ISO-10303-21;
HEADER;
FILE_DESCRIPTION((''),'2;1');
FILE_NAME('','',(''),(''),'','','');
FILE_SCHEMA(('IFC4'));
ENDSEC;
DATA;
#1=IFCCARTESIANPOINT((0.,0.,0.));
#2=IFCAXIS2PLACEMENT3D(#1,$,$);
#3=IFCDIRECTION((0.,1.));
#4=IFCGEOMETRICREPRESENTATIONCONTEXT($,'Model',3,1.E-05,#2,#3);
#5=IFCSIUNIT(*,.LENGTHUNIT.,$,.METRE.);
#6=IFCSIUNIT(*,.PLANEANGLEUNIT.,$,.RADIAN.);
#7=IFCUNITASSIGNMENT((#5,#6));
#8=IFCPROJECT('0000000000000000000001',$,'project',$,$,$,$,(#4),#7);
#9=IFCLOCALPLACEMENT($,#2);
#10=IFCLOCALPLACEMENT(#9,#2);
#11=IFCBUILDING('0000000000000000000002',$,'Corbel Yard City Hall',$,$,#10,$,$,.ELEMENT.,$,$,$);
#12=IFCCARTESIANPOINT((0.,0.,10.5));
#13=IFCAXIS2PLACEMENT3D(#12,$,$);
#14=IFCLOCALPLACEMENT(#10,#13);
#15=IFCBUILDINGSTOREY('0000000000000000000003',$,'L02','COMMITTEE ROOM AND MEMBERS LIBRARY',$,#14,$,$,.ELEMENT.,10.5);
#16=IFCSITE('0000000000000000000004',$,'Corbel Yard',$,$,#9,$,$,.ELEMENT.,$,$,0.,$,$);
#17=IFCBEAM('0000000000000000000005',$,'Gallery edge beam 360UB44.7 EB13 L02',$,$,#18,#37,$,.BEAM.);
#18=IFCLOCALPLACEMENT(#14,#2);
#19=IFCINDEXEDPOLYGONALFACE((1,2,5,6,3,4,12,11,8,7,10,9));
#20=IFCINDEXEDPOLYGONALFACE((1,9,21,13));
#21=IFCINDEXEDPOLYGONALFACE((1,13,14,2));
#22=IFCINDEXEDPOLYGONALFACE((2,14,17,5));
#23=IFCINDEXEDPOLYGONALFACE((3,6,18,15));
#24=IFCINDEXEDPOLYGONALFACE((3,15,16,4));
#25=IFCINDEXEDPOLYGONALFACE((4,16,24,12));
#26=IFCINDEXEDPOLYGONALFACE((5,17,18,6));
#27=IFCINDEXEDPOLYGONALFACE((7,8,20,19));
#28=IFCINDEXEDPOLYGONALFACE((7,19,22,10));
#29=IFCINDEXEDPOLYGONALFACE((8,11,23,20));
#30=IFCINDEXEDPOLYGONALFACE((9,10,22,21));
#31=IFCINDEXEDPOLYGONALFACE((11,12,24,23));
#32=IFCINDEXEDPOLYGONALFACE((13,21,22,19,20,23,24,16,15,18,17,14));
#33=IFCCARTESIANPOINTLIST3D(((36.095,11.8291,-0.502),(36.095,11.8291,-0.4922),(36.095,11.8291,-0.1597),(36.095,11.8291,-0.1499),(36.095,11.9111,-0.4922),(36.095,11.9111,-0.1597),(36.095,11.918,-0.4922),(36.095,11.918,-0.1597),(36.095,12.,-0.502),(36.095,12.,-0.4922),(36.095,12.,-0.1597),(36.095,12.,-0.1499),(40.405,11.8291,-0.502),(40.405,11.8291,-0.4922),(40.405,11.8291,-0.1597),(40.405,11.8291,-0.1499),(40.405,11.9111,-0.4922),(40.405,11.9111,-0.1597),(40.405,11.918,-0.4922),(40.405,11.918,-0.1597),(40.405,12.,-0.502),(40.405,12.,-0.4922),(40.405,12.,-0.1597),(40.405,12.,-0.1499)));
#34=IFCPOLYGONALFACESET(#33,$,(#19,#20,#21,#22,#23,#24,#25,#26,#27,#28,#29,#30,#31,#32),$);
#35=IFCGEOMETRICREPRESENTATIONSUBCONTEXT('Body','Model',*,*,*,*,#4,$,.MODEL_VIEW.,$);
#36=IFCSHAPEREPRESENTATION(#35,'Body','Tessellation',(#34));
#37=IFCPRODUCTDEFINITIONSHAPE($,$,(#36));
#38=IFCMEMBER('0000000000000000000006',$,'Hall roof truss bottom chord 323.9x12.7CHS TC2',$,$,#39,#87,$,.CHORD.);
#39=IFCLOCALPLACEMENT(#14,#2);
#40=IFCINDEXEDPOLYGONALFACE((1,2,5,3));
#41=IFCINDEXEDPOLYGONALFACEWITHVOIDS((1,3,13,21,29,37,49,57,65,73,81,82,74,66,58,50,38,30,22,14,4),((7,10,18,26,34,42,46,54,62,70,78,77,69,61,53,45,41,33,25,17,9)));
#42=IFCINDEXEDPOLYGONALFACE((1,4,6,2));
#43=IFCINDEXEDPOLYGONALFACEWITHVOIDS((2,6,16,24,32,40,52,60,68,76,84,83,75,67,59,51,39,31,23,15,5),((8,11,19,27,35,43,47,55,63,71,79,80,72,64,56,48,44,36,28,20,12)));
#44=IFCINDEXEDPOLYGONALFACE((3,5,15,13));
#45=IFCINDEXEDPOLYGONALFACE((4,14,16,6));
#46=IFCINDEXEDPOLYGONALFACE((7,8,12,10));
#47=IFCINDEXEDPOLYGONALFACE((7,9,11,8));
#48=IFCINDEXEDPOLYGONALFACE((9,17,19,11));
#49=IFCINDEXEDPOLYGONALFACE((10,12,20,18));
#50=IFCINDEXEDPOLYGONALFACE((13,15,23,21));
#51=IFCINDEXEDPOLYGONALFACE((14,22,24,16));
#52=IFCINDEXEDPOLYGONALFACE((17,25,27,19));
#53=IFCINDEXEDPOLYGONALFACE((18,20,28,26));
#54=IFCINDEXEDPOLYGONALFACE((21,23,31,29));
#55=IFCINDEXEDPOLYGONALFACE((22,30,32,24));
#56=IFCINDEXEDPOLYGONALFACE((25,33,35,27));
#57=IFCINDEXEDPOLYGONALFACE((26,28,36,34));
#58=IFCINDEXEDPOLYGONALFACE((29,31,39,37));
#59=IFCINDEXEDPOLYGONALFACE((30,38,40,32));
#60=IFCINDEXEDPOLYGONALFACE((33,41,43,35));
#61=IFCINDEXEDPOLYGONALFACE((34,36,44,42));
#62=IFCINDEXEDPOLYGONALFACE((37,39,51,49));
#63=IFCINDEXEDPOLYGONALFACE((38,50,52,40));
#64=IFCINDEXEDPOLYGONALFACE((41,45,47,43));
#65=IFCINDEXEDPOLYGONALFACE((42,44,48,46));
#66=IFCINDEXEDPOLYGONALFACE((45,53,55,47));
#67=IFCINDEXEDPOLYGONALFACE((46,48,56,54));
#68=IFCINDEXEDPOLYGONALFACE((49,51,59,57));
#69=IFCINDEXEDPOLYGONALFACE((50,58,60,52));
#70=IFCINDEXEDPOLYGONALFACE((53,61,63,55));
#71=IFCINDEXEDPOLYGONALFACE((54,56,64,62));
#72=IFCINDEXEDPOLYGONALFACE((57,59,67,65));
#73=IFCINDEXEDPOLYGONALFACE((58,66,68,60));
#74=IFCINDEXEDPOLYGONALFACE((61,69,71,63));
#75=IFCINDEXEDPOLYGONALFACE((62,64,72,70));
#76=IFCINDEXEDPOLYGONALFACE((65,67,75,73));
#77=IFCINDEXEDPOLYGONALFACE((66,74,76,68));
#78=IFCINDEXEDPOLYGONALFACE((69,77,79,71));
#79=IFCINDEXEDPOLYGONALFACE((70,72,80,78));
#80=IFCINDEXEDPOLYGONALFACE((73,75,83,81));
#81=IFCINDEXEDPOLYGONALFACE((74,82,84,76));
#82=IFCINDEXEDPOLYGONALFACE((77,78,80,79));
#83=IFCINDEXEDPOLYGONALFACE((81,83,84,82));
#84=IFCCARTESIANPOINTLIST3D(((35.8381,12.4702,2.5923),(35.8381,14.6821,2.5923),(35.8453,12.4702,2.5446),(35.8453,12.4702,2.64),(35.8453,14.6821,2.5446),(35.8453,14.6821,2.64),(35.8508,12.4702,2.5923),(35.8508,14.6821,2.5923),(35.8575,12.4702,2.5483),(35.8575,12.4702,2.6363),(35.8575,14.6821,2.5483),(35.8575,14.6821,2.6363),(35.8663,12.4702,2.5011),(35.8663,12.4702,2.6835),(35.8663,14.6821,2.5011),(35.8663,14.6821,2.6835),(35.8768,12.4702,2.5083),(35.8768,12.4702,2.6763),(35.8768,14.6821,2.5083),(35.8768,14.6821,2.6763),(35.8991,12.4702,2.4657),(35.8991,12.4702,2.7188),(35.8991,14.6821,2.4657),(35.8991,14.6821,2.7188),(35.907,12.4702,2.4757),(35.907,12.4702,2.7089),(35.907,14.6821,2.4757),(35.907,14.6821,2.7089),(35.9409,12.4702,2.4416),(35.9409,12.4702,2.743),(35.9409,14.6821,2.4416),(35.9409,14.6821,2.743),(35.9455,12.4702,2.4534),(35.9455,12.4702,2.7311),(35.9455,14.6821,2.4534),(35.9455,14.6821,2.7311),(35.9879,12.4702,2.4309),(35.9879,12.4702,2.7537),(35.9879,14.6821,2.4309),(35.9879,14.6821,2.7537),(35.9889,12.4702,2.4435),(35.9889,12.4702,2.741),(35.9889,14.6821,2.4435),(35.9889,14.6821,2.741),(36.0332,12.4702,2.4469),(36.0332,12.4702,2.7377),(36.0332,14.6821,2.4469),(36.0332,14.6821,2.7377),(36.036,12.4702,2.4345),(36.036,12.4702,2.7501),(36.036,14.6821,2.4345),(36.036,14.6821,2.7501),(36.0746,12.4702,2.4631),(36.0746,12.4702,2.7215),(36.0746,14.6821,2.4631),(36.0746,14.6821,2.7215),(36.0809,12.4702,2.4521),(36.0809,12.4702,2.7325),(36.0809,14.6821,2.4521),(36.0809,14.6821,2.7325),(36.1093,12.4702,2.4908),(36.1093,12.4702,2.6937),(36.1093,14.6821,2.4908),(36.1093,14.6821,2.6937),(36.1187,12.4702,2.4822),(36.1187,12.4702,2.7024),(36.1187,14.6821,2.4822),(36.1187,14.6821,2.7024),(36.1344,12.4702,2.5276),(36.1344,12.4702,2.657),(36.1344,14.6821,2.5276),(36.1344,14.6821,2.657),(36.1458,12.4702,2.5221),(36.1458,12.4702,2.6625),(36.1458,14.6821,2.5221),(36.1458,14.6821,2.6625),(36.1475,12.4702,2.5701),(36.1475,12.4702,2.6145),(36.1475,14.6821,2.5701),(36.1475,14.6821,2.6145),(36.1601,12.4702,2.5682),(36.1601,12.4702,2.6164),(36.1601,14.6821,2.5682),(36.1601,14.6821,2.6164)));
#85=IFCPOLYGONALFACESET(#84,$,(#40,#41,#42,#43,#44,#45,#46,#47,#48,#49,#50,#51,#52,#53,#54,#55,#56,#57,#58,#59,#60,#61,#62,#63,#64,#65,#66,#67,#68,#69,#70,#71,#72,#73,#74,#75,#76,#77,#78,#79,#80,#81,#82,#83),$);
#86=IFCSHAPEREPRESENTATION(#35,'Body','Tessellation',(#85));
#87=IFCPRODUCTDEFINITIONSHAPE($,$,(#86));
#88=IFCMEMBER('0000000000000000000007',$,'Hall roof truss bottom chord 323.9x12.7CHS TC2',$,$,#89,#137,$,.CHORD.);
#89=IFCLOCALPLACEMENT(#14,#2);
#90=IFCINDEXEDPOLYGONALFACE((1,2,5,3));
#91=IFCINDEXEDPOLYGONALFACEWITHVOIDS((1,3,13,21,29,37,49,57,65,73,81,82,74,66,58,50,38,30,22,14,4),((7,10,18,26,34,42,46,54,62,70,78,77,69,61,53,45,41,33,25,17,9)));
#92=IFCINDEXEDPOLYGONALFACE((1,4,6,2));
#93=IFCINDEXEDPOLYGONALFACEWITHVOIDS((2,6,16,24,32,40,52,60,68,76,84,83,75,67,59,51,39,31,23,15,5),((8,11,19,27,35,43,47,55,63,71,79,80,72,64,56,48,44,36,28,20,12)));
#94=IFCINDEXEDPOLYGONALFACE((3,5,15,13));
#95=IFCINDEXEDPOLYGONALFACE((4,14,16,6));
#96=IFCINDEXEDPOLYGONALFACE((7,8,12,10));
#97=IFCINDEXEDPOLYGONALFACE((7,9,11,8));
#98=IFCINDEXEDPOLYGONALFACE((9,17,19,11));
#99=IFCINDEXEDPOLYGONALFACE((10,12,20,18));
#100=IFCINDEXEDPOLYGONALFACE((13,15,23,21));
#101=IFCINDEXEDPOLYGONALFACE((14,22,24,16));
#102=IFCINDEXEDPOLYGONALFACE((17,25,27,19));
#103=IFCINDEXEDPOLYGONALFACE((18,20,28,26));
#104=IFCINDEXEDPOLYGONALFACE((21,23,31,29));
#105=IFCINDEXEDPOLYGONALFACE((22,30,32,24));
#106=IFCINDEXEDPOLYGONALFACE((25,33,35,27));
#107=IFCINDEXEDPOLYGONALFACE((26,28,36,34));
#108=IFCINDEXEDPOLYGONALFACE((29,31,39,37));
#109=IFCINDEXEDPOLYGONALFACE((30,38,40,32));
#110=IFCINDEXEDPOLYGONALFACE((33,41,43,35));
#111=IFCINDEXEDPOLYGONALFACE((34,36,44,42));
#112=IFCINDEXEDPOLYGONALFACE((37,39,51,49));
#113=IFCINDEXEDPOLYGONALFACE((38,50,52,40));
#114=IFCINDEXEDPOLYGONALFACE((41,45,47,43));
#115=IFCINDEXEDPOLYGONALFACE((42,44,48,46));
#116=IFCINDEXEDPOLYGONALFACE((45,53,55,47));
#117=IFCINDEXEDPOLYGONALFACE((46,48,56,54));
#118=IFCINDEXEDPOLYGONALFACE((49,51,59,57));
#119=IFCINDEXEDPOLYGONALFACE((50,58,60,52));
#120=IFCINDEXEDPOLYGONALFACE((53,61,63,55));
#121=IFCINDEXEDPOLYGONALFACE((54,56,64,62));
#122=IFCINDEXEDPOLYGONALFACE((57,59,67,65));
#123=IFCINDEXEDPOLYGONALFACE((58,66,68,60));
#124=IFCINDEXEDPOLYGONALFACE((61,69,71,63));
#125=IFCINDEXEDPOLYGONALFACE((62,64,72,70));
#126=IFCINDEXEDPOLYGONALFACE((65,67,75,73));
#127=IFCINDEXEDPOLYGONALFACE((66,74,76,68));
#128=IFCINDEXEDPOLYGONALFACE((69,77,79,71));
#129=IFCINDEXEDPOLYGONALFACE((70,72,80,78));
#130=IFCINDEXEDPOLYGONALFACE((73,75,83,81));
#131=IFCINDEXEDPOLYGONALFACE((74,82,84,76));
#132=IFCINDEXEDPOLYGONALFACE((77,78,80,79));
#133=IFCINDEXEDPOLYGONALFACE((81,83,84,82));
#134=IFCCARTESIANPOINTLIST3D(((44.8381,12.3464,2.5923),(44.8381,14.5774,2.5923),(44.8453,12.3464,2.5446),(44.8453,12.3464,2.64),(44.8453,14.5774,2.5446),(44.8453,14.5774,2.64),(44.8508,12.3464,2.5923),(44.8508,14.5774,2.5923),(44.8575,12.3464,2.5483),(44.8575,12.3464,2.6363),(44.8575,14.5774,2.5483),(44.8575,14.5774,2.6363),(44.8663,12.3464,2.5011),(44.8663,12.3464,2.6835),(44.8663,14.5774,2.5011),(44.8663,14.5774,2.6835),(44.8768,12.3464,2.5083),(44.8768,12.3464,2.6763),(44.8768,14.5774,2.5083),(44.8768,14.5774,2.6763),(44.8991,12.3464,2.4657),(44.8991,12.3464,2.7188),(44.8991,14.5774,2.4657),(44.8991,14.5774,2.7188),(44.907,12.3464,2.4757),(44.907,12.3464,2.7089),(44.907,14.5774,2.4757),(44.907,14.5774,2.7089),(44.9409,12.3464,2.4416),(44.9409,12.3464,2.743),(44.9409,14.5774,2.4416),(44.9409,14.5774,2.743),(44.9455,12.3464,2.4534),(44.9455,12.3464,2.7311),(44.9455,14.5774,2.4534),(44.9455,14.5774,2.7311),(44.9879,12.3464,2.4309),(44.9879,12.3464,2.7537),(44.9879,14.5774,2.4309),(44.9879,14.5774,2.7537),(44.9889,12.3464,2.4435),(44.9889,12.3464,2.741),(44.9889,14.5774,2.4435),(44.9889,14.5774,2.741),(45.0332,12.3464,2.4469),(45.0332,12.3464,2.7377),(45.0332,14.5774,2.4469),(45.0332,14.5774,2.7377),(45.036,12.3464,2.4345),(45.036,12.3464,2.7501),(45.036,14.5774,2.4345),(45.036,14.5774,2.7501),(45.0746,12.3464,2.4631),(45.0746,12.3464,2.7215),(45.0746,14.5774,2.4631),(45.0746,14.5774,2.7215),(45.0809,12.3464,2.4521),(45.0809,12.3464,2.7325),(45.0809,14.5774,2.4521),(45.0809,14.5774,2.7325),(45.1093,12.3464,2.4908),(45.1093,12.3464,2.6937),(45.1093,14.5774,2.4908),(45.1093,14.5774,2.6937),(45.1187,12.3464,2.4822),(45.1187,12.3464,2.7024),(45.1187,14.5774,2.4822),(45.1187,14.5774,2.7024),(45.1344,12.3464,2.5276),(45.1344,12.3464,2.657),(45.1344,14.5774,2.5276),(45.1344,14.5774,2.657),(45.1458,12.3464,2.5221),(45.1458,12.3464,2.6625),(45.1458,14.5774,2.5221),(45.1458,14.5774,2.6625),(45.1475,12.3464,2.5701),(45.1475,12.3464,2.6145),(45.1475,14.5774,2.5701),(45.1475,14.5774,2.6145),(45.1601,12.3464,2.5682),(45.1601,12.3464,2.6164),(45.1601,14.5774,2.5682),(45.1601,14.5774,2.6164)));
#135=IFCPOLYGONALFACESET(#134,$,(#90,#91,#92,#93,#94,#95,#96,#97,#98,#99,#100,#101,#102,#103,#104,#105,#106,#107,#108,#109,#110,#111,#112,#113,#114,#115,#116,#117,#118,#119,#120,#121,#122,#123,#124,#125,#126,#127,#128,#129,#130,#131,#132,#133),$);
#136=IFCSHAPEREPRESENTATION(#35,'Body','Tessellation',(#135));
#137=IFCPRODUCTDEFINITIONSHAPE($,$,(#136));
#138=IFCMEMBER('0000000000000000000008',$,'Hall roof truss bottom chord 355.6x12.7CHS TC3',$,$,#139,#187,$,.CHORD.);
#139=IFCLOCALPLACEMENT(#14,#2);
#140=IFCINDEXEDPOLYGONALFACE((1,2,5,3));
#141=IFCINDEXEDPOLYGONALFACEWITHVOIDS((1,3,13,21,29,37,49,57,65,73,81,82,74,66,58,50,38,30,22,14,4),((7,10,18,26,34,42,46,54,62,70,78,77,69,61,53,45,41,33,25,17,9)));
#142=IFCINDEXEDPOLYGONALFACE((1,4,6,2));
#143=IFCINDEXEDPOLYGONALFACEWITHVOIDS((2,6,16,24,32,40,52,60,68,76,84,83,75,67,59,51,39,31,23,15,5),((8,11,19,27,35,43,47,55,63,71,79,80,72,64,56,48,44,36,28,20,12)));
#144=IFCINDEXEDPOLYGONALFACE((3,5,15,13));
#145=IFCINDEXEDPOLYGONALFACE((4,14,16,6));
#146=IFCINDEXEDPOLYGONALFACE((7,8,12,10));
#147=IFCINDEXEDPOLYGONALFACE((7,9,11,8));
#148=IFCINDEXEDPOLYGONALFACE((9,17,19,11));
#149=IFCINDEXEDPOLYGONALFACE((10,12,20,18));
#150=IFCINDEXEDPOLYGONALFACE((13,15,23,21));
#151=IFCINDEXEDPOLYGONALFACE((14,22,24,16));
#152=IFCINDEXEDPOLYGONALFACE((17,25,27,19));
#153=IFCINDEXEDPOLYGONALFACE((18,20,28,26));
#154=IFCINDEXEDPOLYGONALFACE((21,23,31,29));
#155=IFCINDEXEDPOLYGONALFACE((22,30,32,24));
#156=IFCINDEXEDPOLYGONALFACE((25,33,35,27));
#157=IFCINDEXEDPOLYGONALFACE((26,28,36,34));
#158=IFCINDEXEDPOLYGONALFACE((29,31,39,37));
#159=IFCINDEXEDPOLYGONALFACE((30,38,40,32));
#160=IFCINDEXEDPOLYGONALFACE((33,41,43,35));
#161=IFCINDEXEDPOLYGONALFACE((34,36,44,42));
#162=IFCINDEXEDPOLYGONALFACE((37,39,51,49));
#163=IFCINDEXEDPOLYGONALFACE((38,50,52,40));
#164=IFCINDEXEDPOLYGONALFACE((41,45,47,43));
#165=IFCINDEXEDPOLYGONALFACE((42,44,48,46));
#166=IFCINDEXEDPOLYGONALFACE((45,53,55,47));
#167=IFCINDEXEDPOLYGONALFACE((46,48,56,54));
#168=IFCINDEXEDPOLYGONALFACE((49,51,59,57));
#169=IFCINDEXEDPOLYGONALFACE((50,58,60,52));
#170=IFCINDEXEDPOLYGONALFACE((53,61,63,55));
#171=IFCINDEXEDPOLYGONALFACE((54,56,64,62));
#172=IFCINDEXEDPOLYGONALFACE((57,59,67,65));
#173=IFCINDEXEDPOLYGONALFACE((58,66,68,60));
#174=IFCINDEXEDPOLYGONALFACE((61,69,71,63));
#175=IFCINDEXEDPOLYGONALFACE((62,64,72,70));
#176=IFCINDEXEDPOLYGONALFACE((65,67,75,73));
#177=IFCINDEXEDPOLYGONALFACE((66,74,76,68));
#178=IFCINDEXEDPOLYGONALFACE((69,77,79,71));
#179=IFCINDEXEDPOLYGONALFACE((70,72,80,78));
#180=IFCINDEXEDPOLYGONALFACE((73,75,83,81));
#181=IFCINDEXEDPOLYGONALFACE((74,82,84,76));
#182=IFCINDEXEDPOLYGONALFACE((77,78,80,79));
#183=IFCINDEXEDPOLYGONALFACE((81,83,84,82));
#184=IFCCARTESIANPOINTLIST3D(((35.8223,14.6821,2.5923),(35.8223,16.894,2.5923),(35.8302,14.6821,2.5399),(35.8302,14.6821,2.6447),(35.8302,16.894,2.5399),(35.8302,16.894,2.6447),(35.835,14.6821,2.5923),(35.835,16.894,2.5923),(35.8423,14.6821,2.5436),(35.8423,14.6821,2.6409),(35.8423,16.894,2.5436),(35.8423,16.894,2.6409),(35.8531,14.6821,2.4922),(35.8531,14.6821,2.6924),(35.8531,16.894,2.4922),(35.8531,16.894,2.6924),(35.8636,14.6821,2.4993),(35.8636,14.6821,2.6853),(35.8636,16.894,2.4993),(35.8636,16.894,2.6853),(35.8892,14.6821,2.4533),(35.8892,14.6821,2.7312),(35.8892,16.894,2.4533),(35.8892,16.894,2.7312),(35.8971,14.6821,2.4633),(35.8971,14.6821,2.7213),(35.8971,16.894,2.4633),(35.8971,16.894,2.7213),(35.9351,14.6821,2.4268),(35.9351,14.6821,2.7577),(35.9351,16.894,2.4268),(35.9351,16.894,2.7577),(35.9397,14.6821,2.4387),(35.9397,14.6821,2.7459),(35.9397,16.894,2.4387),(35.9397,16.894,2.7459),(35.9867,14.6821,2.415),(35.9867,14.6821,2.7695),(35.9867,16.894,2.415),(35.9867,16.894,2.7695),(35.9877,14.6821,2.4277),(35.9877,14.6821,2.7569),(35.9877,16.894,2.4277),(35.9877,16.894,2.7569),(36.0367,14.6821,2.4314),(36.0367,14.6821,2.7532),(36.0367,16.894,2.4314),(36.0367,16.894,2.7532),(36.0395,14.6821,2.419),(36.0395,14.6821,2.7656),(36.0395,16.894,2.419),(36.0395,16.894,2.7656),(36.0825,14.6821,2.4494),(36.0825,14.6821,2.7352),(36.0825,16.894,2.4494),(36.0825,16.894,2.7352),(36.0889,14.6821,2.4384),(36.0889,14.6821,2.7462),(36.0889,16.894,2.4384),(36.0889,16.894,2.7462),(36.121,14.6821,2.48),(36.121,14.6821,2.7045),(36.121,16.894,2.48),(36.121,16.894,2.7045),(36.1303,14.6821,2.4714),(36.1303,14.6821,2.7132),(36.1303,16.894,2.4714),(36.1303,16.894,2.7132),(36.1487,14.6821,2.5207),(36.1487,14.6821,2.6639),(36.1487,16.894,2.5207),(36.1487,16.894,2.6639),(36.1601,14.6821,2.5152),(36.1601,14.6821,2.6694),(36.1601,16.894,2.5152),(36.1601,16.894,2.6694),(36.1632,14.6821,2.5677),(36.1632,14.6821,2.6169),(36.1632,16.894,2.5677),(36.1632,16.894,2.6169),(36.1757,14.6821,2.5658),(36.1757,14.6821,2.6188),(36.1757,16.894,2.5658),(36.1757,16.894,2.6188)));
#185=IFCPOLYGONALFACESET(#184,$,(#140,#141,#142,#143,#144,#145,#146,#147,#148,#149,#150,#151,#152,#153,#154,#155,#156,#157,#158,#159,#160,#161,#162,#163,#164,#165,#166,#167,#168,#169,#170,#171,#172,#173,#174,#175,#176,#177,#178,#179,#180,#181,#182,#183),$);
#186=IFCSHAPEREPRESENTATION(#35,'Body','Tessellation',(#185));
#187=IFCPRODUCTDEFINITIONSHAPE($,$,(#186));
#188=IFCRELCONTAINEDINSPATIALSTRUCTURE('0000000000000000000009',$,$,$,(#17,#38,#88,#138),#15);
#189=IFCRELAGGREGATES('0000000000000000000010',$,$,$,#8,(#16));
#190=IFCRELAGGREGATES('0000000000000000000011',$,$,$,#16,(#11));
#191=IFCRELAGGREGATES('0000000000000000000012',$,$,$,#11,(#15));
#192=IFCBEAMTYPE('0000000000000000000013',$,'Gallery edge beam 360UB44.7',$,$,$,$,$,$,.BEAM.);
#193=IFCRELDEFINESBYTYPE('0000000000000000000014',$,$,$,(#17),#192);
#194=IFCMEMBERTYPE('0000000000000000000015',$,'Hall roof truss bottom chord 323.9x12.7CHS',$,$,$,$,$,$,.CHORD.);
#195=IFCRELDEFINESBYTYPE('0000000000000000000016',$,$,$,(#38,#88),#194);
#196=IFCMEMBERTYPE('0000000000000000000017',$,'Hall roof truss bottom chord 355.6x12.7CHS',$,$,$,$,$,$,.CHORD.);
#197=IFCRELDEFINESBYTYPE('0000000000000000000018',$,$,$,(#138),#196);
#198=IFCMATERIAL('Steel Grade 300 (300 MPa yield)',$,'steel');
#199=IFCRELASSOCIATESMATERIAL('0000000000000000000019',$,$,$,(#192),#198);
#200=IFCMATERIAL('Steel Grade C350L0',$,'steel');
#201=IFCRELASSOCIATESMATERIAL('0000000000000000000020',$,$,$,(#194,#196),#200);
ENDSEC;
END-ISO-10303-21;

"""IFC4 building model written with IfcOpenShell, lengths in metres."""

from ifc_helpers import new_model, si_unit, direction, frame, origin, origin_2d, place, context, subcontext, project, spatial, hollow_circle, i_section, extrude, material, material_profile, profile_set, type_object, element, save


model = new_model("IFC4")

# Units and contexts
model_context = context("Model", 3, precision=1e-05, world=origin(), true_north=direction((0.0, 1.0)))
body_context = subcontext(model_context, "Body", "Model", "MODEL_VIEW")
ifc_project = project(units=[si_unit("LENGTHUNIT", "METRE"), si_unit("PLANEANGLEUNIT", "RADIAN")], contexts=[model_context])

# Site, building, storey
site_placement = place(None, origin())
site = spatial("IfcSite", under=ifc_project, at=site_placement, Name="Corbel Yard", CompositionType="ELEMENT", RefElevation=0.0)
building_placement = place(site_placement, origin())
building = spatial("IfcBuilding", under=site, at=building_placement, Name="Corbel Yard City Hall", CompositionType="ELEMENT")
storey_placement = place(building_placement, frame((0.0, 0.0, 10.5)))
storey = spatial("IfcBuildingStorey", under=building, at=storey_placement, Name="L02", Description="COMMITTEE ROOM AND MEMBERS LIBRARY", CompositionType="ELEMENT", Elevation=10.5)

# Beam
ifc_material_1 = material(Name="Steel Grade 300 (300 MPa yield)", Category="steel")
ifc_material_profile_1 = material_profile(ifc_material_1, i_section(OverallWidth=0.1709, OverallDepth=0.3521, WebThickness=0.0068, FlangeThickness=0.0098, at=origin_2d()), Name="360UB44.7")
ifc_profile_set_1 = profile_set([ifc_material_profile_1], Name="Steel Grade 300 (300 MPa yield)")
beam_type = type_object("IfcBeamType", Name="Gallery edge beam 360UB44.7", PredefinedType="BEAM", material=ifc_profile_set_1)
beam_placement = place(storey_placement, frame((36.095, 11.9146, -0.3259), z_axis=(1.0, 0.0, 0.0), x_axis=(0.0, 1.0, 0.0)))
element("IfcBeam", 1, at=beam_placement, inside=storey, type_object=beam_type, Name="Gallery edge beam 360UB44.7 EB13 L02", PredefinedType="BEAM", context=body_context, shape_type="SweptSolid", body=[
    extrude(i_section(OverallWidth=0.1709, OverallDepth=0.3521, WebThickness=0.0068, FlangeThickness=0.0098, at=origin_2d()), origin(), (0.0, 0.0, 1.0), 4.3101),
])

# Members
ifc_material_2 = material(Name="Steel Grade C350L0", Category="steel")
ifc_material_profile_2 = material_profile(ifc_material_2, hollow_circle(Radius=0.1619, WallThickness=0.0127, at=origin_2d()), Name="323.9x12.7CHS")
ifc_profile_set_2 = profile_set([ifc_material_profile_2], Name="Steel Grade C350L0")
member_type_1 = type_object("IfcMemberType", Name="Hall roof truss bottom chord 323.9x12.7CHS", PredefinedType="CHORD", material=ifc_profile_set_2)
member_1_placement = place(storey_placement, frame((36.0, 12.4702, 2.5923), z_axis=(0.0, 1.0, 0.0), x_axis=(-1.0, 0.0, 0.0)))
element("IfcMember", 2, at=member_1_placement, inside=storey, type_object=member_type_1, Name="Hall roof truss bottom chord 323.9x12.7CHS TC2", PredefinedType="CHORD", context=body_context, shape_type="SweptSolid", body=[
    extrude(hollow_circle(Radius=0.1619, WallThickness=0.0127, at=origin_2d()), origin(), (0.0, 0.0, 1.0), 2.2119),
])
member_2_placement = place(storey_placement, frame((45.0, 12.3464, 2.5923), z_axis=(0.0, 1.0, 0.0), x_axis=(-1.0, 0.0, 0.0)))
element("IfcMember", 3, at=member_2_placement, inside=storey, type_object=member_type_1, Name="Hall roof truss bottom chord 323.9x12.7CHS TC2", PredefinedType="CHORD", context=body_context, shape_type="SweptSolid", body=[
    extrude(hollow_circle(Radius=0.1619, WallThickness=0.0127, at=origin_2d()), origin(), (0.0, 0.0, 1.0), 2.231),
])
ifc_material_profile_3 = material_profile(ifc_material_2, hollow_circle(Radius=0.1777, WallThickness=0.0127, at=origin_2d()), Name="355.6x12.7CHS")
ifc_profile_set_3 = profile_set([ifc_material_profile_3], Name="Steel Grade C350L0")
member_type_2 = type_object("IfcMemberType", Name="Hall roof truss bottom chord 355.6x12.7CHS", PredefinedType="CHORD", material=ifc_profile_set_3)
member_3_placement = place(storey_placement, frame((36.0, 14.6821, 2.5923), z_axis=(0.0, 1.0, 0.0), x_axis=(-1.0, 0.0, 0.0)))
element("IfcMember", 4, at=member_3_placement, inside=storey, type_object=member_type_2, Name="Hall roof truss bottom chord 355.6x12.7CHS TC3", PredefinedType="CHORD", context=body_context, shape_type="SweptSolid", body=[
    extrude(hollow_circle(Radius=0.1777, WallThickness=0.0127, at=origin_2d()), origin(), (0.0, 0.0, 1.0), 2.2119),
])

save(model, "model.ifc")
